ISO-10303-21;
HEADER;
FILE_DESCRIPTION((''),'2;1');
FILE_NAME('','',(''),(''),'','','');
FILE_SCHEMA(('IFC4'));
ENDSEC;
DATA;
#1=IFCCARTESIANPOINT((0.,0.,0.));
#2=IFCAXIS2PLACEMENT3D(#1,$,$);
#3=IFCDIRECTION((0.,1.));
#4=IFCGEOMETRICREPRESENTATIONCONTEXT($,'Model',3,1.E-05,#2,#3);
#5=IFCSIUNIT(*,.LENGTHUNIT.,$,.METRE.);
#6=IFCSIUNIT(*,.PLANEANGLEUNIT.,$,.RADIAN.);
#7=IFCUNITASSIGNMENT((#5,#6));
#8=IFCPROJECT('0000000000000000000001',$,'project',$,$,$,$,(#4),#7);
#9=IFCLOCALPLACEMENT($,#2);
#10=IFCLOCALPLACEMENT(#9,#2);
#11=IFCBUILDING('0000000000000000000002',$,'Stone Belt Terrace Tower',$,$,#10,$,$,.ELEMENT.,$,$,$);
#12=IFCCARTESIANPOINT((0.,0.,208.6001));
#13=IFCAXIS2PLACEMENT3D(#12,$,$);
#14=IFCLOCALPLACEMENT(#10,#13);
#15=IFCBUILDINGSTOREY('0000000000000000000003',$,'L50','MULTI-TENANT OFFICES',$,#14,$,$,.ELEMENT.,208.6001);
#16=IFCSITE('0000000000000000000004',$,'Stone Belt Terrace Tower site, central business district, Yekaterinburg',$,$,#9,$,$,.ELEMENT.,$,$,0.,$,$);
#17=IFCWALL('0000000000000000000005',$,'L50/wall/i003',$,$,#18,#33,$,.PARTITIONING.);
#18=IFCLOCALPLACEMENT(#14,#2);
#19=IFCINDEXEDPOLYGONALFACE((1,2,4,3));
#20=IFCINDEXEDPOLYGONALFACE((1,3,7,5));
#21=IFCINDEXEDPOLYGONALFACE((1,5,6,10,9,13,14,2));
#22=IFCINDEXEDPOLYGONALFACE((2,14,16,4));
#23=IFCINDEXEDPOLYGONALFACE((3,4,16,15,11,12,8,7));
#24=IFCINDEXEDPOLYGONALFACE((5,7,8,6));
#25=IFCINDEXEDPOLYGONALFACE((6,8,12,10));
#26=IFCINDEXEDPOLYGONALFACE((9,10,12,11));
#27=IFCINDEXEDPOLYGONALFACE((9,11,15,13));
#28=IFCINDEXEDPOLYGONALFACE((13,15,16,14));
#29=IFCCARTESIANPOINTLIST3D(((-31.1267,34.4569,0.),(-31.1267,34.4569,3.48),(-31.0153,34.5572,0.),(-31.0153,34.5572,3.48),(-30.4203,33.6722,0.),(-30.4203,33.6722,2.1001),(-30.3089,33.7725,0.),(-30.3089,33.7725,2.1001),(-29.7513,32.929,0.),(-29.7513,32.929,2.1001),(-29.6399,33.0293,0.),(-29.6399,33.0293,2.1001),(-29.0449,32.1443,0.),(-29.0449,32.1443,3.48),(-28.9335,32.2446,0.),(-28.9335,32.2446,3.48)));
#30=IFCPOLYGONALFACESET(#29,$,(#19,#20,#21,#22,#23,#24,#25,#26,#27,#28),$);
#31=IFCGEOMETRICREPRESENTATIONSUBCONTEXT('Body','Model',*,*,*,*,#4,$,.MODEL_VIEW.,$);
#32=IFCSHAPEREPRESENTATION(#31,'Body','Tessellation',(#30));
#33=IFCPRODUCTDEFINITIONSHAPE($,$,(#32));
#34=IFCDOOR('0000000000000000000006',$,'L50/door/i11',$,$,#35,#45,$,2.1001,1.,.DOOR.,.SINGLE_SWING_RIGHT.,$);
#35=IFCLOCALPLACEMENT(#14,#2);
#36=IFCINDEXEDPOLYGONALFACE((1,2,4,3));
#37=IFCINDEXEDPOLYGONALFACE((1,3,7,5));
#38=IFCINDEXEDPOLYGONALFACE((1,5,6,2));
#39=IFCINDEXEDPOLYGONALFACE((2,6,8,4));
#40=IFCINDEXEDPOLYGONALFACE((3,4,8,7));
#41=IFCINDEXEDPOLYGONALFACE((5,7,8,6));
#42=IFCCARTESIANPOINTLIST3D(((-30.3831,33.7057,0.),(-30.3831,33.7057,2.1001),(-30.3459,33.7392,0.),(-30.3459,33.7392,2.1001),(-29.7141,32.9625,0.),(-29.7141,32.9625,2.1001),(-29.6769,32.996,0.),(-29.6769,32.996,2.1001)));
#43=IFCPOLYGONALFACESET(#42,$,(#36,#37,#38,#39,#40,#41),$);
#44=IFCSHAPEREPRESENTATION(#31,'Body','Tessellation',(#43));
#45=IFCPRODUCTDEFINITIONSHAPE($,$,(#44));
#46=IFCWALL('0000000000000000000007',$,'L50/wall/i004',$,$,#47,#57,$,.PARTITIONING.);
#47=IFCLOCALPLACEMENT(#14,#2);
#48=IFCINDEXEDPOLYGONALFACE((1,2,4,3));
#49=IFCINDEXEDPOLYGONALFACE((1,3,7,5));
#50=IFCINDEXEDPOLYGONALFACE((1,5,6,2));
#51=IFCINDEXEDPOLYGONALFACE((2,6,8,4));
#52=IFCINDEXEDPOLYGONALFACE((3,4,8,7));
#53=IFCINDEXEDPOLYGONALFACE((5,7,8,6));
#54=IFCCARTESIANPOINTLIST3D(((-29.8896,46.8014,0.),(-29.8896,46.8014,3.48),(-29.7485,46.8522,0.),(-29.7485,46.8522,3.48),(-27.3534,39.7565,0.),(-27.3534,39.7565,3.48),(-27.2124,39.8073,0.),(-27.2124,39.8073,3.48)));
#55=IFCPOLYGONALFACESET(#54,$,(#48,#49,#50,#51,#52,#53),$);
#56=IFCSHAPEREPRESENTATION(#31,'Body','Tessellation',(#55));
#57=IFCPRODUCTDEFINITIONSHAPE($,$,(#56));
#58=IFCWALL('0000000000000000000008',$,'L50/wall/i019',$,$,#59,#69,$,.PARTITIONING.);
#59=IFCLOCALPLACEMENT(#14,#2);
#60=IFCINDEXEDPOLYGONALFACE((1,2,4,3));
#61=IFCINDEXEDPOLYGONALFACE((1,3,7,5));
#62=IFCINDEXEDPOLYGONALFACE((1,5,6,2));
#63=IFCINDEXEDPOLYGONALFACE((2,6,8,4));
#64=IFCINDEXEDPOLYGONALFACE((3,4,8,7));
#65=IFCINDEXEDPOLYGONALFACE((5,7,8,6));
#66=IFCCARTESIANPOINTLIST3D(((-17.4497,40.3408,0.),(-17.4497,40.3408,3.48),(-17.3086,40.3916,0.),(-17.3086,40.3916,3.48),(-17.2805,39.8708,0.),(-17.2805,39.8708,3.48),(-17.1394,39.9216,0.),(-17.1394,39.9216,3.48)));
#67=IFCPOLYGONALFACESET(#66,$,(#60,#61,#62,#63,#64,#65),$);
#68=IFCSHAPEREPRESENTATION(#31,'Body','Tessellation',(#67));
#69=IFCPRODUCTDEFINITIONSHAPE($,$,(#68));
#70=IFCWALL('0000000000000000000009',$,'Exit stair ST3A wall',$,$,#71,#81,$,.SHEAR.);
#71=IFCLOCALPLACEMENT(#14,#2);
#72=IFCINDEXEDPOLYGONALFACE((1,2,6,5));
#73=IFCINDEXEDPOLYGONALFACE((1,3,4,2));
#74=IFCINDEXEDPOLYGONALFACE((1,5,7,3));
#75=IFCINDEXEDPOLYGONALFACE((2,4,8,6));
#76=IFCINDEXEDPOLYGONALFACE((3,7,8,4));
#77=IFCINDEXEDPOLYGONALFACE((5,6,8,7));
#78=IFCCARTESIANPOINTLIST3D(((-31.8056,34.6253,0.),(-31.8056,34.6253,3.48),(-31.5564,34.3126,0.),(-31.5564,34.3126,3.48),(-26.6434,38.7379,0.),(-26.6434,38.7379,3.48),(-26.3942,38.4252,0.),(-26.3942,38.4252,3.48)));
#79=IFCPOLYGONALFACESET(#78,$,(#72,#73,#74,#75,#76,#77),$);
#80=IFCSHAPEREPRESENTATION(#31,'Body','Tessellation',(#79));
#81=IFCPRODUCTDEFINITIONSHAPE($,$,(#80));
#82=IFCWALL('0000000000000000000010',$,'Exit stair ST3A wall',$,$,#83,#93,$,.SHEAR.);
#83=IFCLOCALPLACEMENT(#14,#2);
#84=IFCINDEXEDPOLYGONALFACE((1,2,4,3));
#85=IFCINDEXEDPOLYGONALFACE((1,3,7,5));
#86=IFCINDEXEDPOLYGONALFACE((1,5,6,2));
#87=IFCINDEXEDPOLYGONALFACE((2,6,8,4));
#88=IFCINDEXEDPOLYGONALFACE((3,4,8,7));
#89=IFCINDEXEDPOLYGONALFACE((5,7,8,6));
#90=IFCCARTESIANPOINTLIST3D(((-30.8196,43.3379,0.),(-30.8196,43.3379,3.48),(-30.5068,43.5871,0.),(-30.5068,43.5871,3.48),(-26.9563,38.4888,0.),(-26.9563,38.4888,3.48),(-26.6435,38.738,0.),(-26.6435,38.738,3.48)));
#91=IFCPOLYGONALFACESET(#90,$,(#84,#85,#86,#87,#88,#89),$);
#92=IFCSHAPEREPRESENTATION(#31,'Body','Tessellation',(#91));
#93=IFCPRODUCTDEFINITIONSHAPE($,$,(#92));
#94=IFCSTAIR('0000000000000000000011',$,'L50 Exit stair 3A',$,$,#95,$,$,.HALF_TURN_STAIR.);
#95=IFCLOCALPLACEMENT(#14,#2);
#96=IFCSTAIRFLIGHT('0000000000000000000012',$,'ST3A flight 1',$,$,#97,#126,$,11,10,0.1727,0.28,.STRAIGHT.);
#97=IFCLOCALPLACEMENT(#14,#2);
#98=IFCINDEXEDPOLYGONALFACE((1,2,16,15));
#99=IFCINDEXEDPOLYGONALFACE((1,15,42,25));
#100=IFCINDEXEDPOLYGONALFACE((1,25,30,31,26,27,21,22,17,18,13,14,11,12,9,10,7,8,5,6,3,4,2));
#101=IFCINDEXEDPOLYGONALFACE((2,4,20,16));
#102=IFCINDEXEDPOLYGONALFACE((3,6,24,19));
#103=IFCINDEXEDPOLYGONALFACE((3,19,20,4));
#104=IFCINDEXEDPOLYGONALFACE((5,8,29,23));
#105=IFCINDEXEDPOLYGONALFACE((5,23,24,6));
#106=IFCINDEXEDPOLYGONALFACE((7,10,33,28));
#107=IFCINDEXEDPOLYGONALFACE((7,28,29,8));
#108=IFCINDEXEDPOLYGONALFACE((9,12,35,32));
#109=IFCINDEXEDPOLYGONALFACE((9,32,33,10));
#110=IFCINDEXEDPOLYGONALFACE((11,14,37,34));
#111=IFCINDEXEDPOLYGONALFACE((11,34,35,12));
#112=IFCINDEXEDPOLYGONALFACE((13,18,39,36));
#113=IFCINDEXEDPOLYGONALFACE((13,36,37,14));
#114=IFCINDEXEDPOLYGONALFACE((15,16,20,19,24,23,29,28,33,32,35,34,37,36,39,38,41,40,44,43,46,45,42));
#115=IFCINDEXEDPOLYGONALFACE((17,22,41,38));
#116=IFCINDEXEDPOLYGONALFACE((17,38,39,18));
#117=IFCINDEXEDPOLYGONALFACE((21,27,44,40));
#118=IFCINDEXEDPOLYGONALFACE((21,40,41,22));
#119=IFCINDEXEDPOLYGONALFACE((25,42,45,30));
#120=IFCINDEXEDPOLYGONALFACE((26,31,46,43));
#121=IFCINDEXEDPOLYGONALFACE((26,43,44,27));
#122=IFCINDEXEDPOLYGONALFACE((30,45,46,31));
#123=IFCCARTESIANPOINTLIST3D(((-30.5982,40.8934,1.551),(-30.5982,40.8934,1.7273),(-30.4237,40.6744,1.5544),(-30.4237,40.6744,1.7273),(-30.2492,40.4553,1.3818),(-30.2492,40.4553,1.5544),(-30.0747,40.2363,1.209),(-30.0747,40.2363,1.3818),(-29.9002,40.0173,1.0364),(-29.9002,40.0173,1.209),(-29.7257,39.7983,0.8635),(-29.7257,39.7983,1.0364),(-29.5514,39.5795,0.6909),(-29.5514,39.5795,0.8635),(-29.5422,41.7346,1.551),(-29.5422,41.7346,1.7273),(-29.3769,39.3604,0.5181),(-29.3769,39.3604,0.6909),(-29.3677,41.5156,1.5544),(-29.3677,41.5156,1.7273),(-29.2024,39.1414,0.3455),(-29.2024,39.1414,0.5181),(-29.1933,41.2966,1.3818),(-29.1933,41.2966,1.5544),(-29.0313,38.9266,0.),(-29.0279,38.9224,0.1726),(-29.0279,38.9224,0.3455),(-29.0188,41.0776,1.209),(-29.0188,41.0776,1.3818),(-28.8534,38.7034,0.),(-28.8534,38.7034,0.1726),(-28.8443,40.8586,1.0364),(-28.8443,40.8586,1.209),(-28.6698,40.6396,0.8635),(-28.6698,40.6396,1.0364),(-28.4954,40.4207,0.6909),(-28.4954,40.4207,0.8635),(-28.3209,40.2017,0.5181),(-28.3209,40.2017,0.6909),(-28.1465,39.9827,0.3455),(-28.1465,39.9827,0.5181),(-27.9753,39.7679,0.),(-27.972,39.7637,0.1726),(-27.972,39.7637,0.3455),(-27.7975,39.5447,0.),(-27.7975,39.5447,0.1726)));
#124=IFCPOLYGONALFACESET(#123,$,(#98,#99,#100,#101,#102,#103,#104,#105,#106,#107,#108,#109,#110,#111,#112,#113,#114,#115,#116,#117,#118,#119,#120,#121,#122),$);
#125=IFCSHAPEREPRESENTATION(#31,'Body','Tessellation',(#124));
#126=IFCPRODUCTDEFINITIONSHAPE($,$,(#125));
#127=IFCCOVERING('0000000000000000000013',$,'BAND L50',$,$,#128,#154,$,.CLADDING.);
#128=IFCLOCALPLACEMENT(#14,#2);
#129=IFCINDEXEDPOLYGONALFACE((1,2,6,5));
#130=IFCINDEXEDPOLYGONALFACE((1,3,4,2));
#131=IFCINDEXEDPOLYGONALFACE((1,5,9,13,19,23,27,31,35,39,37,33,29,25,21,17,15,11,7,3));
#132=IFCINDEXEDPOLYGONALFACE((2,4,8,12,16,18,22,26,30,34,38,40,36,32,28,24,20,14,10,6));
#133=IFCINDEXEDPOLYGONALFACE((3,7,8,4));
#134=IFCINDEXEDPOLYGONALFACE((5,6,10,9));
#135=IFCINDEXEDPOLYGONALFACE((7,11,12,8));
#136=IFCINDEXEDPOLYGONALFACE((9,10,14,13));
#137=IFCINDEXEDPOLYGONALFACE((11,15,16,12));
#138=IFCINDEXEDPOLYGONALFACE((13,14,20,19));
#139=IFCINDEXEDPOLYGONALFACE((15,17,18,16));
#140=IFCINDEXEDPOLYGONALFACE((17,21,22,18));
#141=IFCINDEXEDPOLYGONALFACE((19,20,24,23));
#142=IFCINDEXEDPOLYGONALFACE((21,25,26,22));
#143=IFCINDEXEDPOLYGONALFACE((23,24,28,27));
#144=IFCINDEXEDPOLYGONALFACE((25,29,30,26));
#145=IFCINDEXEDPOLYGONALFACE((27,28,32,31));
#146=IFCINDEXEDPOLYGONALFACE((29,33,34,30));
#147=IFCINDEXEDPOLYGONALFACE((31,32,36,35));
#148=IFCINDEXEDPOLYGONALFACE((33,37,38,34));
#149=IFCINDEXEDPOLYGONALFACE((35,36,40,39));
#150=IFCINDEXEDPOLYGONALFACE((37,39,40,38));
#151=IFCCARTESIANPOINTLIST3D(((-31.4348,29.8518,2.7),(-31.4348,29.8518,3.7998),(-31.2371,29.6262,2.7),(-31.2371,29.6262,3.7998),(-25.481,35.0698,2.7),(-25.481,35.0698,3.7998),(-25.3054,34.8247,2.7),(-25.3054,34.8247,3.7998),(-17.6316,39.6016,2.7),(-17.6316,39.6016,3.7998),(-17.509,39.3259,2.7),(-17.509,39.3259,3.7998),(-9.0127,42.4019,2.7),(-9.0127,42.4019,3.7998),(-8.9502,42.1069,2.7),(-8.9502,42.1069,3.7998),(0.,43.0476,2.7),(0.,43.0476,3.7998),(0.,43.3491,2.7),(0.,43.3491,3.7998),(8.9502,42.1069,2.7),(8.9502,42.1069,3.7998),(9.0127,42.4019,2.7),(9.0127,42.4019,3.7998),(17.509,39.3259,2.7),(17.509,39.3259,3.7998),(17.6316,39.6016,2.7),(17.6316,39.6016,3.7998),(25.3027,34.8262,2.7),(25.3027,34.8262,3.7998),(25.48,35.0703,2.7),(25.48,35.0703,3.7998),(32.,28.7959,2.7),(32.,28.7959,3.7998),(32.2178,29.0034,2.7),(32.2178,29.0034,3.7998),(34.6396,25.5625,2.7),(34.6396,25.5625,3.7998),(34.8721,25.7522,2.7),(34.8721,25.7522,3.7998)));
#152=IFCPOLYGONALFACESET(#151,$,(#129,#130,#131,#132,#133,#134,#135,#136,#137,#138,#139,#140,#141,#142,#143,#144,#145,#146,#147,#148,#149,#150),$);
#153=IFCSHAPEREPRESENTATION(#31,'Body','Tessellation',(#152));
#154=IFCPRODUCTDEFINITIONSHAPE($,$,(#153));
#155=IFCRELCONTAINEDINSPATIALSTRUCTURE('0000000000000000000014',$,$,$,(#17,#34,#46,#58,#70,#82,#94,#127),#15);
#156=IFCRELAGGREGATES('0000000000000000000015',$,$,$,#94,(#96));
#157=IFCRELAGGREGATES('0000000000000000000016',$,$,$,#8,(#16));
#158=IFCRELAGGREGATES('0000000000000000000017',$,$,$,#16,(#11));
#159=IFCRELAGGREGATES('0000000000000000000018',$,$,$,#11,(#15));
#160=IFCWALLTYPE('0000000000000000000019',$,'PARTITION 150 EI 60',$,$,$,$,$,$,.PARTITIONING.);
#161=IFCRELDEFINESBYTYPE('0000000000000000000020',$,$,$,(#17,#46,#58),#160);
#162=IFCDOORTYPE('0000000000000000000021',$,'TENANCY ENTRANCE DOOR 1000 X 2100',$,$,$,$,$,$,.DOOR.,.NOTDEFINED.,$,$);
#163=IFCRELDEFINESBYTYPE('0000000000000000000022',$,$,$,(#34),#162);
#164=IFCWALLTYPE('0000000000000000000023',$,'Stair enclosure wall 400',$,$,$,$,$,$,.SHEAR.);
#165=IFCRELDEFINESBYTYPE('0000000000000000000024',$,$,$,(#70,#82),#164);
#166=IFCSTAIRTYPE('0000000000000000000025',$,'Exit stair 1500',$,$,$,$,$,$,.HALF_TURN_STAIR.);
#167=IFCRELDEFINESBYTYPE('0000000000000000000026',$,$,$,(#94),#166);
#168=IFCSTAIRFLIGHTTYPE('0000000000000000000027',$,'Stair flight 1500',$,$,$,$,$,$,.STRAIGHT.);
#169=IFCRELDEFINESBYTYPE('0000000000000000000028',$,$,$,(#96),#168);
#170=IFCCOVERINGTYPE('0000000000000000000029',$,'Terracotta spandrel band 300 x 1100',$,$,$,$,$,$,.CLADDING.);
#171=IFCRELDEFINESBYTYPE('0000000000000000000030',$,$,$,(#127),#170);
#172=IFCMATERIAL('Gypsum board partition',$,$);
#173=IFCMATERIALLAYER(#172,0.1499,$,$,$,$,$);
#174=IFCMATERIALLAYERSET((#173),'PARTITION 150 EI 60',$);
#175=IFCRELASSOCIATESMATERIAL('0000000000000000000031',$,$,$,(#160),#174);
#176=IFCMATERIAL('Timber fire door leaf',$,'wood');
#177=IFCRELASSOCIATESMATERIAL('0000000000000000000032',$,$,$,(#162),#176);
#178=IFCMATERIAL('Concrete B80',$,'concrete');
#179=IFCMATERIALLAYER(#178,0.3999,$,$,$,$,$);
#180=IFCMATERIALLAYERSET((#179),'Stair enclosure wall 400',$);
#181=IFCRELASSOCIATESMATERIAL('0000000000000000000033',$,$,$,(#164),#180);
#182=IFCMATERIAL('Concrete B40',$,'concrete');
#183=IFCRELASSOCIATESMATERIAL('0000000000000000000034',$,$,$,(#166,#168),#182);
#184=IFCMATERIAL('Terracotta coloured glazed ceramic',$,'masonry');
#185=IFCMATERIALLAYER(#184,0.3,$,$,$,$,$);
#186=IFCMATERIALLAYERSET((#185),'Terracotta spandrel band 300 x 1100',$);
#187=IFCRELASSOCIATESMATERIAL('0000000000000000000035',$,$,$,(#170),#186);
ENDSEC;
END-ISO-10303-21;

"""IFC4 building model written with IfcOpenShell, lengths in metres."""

from ifc_helpers import new_model, si_unit, direction, frame, frame_2d, origin, place, context, subcontext, project, spatial, polyline, rectangle, outline, extrude, material, layer, layer_set, type_object, element, fill, aggregate, save


model = new_model("IFC4")

# Units and contexts
model_context = context("Model", 3, precision=1e-05, world=origin(), true_north=direction((0.0, 1.0)))
body_context = subcontext(model_context, "Body", "Model", "MODEL_VIEW")
ifc_project = project(units=[si_unit("LENGTHUNIT", "METRE"), si_unit("PLANEANGLEUNIT", "RADIAN")], contexts=[model_context])

# Site, building, storey
site_placement = place(None, origin())
site = spatial("IfcSite", under=ifc_project, at=site_placement, Name="Stone Belt Terrace Tower site, central business district, Yekaterinburg", CompositionType="ELEMENT", RefElevation=0.0)
building_placement = place(site_placement, origin())
building = spatial("IfcBuilding", under=site, at=building_placement, Name="Stone Belt Terrace Tower", CompositionType="ELEMENT")
storey_placement = place(building_placement, frame((0.0, 0.0, 208.6001)))
storey = spatial("IfcBuildingStorey", under=building, at=storey_placement, Name="L50", Description="MULTI-TENANT OFFICES", CompositionType="ELEMENT", Elevation=208.6001)

# Shared definitions
ifc_material_1 = material(Name="Concrete B40", Category="concrete")

# Shared definitions
ifc_material_2 = material(Name="Gypsum board partition")
ifc_layer_1 = layer(ifc_material_2, 0.1499)
ifc_layer_set_1 = layer_set([ifc_layer_1], Name="PARTITION 150 EI 60")
wall_type_1 = type_object("IfcWallType", Name="PARTITION 150 EI 60", PredefinedType="PARTITIONING", material=ifc_layer_set_1)

# Wall, opening, door
wall_1_placement = place(storey_placement, frame((-28.9893, 32.1946, 0.0), z_axis=(0.0, 0.0, 1.0), x_axis=(-0.66906, 0.743208, 0.0)))
wall_1 = element("IfcWall", 1, at=wall_1_placement, inside=storey, type_object=wall_type_1, Name="L50/wall/i003", PredefinedType="PARTITIONING", context=body_context, shape_type="SweptSolid", body=[
    extrude(rectangle(XDim=3.1116, YDim=0.1499, at=frame_2d((1.5557, 0.0))), origin(), (0.0, 0.0, 1.0), 3.48),
])
opening_1_placement = place(wall_1_placement, frame((1.0557, 0.0, 0.0)))
opening_1 = element("IfcOpeningElement", 2, at=opening_1_placement, cuts=wall_1, PredefinedType="OPENING", context=body_context, shape_type="SweptSolid", body=[
    extrude(rectangle(XDim=1.0, YDim=2.1001, at=frame_2d((0.5, 1.05))), frame((0.0, 0.085, 0.0), z_axis=(0.0, -1.0, 0.0), x_axis=(1.0, 0.0, 0.0)), (0.0, 0.0, 1.0), 0.1699),
])
ifc_material_3 = material(Name="Timber fire door leaf", Category="wood")
door_type_1 = type_object("IfcDoorType", Name="TENANCY ENTRANCE DOOR 1000 X 2100", OperationType="NOTDEFINED", PredefinedType="DOOR", material=ifc_material_3)
door_1_placement = place(opening_1_placement, origin())
door_1 = element("IfcDoor", 3, at=door_1_placement, inside=storey, type_object=door_type_1, Name="L50/door/i11", OperationType="SINGLE_SWING_RIGHT", OverallHeight=2.1001, OverallWidth=1.0, PredefinedType="DOOR", context=body_context, shape_type="SweptSolid", body=[
    extrude(rectangle(XDim=1.0, YDim=2.1001, at=frame_2d((0.5, 1.05))), frame((0.0, 0.0249, 0.0), z_axis=(0.0, -1.0, 0.0), x_axis=(1.0, 0.0, 0.0)), (0.0, 0.0, 1.0), 0.05),
])
fill(opening_1, door_1)

# Walls
wall_2_placement = place(storey_placement, frame((-27.283, 39.782, 0.0), z_axis=(0.0, 0.0, 1.0), x_axis=(-0.338715, 0.940889, 0.0)))
element("IfcWall", 4, at=wall_2_placement, inside=storey, type_object=wall_type_1, Name="L50/wall/i004", PredefinedType="PARTITIONING", context=body_context, shape_type="SweptSolid", body=[
    extrude(rectangle(XDim=7.4875, YDim=0.1499, at=frame_2d((3.7437, 0.0))), origin(), (0.0, 0.0, 1.0), 3.48),
])
wall_3_placement = place(storey_placement, frame((-17.3792, 40.3662, 0.0), z_axis=(0.0, 0.0, 1.0), x_axis=(0.338719, -0.940887, 0.0)))
element("IfcWall", 5, at=wall_3_placement, inside=storey, type_object=wall_type_1, Name="L50/wall/i019", PredefinedType="PARTITIONING", context=body_context, shape_type="SweptSolid", body=[
    extrude(rectangle(XDim=0.4995, YDim=0.1499, at=frame_2d((0.2498, 0.0))), origin(), (0.0, 0.0, 1.0), 3.48),
])
ifc_material_4 = material(Name="Concrete B80", Category="concrete")
ifc_layer_2 = layer(ifc_material_4, 0.3999)
ifc_layer_set_2 = layer_set([ifc_layer_2], Name="Stair enclosure wall 400")
wall_type_2 = type_object("IfcWallType", Name="Stair enclosure wall 400", PredefinedType="SHEAR", material=ifc_layer_set_2)
wall_4_placement = place(storey_placement, frame((-26.5188, 38.5815, 0.0), z_axis=(0.0, 0.0, 1.0), x_axis=(-0.782134, -0.62311, 0.0)))
element("IfcWall", 6, at=wall_4_placement, inside=storey, type_object=wall_type_2, Name="Exit stair ST3A wall", PredefinedType="SHEAR", context=body_context, shape_type="SweptSolid", body=[
    extrude(rectangle(XDim=6.6001, YDim=0.3999, at=frame_2d((3.3, 0.0))), origin(), (0.0, 0.0, 1.0), 3.48),
])
wall_5_placement = place(storey_placement, frame((-26.7998, 38.6133, 0.0), z_axis=(0.0, 0.0, 1.0), x_axis=(-0.623119, 0.782127, 0.0)))
element("IfcWall", 7, at=wall_5_placement, inside=storey, type_object=wall_type_2, Name="Exit stair ST3A wall", PredefinedType="SHEAR", context=body_context, shape_type="SweptSolid", body=[
    extrude(rectangle(XDim=6.2, YDim=0.3999, at=frame_2d((3.1001, 0.0))), origin(), (0.0, 0.0, 1.0), 3.48),
])

# Stair, stair flight
stair_type = type_object("IfcStairType", Name="Exit stair 1500", PredefinedType="HALF_TURN_STAIR", material=ifc_material_1)
stair_placement = place(storey_placement, origin())
stair = element("IfcStair", 8, at=stair_placement, inside=storey, type_object=stair_type, Name="L50 Exit stair 3A", PredefinedType="HALF_TURN_STAIR")
stair_flight_type = type_object("IfcStairFlightType", Name="Stair flight 1500", PredefinedType="STRAIGHT", material=ifc_material_1)
stair_flight_placement = place(storey_placement, frame((-28.3254, 39.124, 0.0), z_axis=(0.0, 0.0, 1.0), x_axis=(-0.623121, 0.782125, 0.0)))
stair_flight = element("IfcStairFlight", 9, at=stair_flight_placement, type_object=stair_flight_type, Name="ST3A flight 1", NumberOfRisers=11, NumberOfTreads=10, PredefinedType="STRAIGHT", RiserHeight=0.1727, TreadLength=0.28, context=body_context, shape_type="SweptSolid", body=[
    extrude(outline(polyline([(0.0, 0.0), (0.0, 0.1726), (0.28, 0.1726), (0.28, 0.3455), (0.5601, 0.3455), (0.5601, 0.5181), (0.8401, 0.5181), (0.8401, 0.6909), (1.1201, 0.6909), (1.1201, 0.8635), (1.3999, 0.8635), (1.3999, 1.0364), (1.6799, 1.0364), (1.6799, 1.209), (1.96, 1.209), (1.96, 1.3818), (2.24, 1.3818), (2.24, 1.5544), (2.52, 1.5544), (2.52, 1.7273), (2.8, 1.7273), (2.8, 1.8999), (2.8, 1.551), (0.2854, 0.0), (0.0, 0.0)])), frame((0.0, 0.675, 0.0), z_axis=(0.0, -1.0, 0.0), x_axis=(1.0, 0.0, 0.0)), (0.0, 0.0, 1.0), 1.3501),
])
aggregate(stair, [stair_flight])

# Covering
ifc_material_5 = material(Name="Terracotta coloured glazed ceramic", Category="masonry")
ifc_layer_3 = layer(ifc_material_5, 0.3)
ifc_layer_set_3 = layer_set([ifc_layer_3], Name="Terracotta spandrel band 300 x 1100")
covering_type = type_object("IfcCoveringType", Name="Terracotta spandrel band 300 x 1100", PredefinedType="CLADDING", material=ifc_layer_set_3)
covering_placement = place(storey_placement, frame((0.0, 0.0, 2.7)))
element("IfcCovering", 10, at=covering_placement, inside=storey, type_object=covering_type, Name="BAND L50", PredefinedType="CLADDING", context=body_context, shape_type="SweptSolid", body=[
    extrude(outline(polyline([(-31.4348, 29.8518), (-25.481, 35.0698), (-17.6316, 39.6016), (-9.0127, 42.4019), (0.0, 43.3491), (9.0127, 42.4019), (17.6316, 39.6016), (25.48, 35.0703), (32.2178, 29.0034), (34.8721, 25.7522), (34.6396, 25.5625), (32.0, 28.7959), (25.3027, 34.8262), (17.509, 39.3259), (8.9502, 42.1069), (0.0, 43.0476), (-8.9502, 42.1069), (-17.509, 39.3259), (-25.3054, 34.8247), (-31.2371, 29.6262), (-31.4348, 29.8518)])), origin(), (0.0, 0.0, 1.0), 1.0999),
])

save(model, "model.ifc")
